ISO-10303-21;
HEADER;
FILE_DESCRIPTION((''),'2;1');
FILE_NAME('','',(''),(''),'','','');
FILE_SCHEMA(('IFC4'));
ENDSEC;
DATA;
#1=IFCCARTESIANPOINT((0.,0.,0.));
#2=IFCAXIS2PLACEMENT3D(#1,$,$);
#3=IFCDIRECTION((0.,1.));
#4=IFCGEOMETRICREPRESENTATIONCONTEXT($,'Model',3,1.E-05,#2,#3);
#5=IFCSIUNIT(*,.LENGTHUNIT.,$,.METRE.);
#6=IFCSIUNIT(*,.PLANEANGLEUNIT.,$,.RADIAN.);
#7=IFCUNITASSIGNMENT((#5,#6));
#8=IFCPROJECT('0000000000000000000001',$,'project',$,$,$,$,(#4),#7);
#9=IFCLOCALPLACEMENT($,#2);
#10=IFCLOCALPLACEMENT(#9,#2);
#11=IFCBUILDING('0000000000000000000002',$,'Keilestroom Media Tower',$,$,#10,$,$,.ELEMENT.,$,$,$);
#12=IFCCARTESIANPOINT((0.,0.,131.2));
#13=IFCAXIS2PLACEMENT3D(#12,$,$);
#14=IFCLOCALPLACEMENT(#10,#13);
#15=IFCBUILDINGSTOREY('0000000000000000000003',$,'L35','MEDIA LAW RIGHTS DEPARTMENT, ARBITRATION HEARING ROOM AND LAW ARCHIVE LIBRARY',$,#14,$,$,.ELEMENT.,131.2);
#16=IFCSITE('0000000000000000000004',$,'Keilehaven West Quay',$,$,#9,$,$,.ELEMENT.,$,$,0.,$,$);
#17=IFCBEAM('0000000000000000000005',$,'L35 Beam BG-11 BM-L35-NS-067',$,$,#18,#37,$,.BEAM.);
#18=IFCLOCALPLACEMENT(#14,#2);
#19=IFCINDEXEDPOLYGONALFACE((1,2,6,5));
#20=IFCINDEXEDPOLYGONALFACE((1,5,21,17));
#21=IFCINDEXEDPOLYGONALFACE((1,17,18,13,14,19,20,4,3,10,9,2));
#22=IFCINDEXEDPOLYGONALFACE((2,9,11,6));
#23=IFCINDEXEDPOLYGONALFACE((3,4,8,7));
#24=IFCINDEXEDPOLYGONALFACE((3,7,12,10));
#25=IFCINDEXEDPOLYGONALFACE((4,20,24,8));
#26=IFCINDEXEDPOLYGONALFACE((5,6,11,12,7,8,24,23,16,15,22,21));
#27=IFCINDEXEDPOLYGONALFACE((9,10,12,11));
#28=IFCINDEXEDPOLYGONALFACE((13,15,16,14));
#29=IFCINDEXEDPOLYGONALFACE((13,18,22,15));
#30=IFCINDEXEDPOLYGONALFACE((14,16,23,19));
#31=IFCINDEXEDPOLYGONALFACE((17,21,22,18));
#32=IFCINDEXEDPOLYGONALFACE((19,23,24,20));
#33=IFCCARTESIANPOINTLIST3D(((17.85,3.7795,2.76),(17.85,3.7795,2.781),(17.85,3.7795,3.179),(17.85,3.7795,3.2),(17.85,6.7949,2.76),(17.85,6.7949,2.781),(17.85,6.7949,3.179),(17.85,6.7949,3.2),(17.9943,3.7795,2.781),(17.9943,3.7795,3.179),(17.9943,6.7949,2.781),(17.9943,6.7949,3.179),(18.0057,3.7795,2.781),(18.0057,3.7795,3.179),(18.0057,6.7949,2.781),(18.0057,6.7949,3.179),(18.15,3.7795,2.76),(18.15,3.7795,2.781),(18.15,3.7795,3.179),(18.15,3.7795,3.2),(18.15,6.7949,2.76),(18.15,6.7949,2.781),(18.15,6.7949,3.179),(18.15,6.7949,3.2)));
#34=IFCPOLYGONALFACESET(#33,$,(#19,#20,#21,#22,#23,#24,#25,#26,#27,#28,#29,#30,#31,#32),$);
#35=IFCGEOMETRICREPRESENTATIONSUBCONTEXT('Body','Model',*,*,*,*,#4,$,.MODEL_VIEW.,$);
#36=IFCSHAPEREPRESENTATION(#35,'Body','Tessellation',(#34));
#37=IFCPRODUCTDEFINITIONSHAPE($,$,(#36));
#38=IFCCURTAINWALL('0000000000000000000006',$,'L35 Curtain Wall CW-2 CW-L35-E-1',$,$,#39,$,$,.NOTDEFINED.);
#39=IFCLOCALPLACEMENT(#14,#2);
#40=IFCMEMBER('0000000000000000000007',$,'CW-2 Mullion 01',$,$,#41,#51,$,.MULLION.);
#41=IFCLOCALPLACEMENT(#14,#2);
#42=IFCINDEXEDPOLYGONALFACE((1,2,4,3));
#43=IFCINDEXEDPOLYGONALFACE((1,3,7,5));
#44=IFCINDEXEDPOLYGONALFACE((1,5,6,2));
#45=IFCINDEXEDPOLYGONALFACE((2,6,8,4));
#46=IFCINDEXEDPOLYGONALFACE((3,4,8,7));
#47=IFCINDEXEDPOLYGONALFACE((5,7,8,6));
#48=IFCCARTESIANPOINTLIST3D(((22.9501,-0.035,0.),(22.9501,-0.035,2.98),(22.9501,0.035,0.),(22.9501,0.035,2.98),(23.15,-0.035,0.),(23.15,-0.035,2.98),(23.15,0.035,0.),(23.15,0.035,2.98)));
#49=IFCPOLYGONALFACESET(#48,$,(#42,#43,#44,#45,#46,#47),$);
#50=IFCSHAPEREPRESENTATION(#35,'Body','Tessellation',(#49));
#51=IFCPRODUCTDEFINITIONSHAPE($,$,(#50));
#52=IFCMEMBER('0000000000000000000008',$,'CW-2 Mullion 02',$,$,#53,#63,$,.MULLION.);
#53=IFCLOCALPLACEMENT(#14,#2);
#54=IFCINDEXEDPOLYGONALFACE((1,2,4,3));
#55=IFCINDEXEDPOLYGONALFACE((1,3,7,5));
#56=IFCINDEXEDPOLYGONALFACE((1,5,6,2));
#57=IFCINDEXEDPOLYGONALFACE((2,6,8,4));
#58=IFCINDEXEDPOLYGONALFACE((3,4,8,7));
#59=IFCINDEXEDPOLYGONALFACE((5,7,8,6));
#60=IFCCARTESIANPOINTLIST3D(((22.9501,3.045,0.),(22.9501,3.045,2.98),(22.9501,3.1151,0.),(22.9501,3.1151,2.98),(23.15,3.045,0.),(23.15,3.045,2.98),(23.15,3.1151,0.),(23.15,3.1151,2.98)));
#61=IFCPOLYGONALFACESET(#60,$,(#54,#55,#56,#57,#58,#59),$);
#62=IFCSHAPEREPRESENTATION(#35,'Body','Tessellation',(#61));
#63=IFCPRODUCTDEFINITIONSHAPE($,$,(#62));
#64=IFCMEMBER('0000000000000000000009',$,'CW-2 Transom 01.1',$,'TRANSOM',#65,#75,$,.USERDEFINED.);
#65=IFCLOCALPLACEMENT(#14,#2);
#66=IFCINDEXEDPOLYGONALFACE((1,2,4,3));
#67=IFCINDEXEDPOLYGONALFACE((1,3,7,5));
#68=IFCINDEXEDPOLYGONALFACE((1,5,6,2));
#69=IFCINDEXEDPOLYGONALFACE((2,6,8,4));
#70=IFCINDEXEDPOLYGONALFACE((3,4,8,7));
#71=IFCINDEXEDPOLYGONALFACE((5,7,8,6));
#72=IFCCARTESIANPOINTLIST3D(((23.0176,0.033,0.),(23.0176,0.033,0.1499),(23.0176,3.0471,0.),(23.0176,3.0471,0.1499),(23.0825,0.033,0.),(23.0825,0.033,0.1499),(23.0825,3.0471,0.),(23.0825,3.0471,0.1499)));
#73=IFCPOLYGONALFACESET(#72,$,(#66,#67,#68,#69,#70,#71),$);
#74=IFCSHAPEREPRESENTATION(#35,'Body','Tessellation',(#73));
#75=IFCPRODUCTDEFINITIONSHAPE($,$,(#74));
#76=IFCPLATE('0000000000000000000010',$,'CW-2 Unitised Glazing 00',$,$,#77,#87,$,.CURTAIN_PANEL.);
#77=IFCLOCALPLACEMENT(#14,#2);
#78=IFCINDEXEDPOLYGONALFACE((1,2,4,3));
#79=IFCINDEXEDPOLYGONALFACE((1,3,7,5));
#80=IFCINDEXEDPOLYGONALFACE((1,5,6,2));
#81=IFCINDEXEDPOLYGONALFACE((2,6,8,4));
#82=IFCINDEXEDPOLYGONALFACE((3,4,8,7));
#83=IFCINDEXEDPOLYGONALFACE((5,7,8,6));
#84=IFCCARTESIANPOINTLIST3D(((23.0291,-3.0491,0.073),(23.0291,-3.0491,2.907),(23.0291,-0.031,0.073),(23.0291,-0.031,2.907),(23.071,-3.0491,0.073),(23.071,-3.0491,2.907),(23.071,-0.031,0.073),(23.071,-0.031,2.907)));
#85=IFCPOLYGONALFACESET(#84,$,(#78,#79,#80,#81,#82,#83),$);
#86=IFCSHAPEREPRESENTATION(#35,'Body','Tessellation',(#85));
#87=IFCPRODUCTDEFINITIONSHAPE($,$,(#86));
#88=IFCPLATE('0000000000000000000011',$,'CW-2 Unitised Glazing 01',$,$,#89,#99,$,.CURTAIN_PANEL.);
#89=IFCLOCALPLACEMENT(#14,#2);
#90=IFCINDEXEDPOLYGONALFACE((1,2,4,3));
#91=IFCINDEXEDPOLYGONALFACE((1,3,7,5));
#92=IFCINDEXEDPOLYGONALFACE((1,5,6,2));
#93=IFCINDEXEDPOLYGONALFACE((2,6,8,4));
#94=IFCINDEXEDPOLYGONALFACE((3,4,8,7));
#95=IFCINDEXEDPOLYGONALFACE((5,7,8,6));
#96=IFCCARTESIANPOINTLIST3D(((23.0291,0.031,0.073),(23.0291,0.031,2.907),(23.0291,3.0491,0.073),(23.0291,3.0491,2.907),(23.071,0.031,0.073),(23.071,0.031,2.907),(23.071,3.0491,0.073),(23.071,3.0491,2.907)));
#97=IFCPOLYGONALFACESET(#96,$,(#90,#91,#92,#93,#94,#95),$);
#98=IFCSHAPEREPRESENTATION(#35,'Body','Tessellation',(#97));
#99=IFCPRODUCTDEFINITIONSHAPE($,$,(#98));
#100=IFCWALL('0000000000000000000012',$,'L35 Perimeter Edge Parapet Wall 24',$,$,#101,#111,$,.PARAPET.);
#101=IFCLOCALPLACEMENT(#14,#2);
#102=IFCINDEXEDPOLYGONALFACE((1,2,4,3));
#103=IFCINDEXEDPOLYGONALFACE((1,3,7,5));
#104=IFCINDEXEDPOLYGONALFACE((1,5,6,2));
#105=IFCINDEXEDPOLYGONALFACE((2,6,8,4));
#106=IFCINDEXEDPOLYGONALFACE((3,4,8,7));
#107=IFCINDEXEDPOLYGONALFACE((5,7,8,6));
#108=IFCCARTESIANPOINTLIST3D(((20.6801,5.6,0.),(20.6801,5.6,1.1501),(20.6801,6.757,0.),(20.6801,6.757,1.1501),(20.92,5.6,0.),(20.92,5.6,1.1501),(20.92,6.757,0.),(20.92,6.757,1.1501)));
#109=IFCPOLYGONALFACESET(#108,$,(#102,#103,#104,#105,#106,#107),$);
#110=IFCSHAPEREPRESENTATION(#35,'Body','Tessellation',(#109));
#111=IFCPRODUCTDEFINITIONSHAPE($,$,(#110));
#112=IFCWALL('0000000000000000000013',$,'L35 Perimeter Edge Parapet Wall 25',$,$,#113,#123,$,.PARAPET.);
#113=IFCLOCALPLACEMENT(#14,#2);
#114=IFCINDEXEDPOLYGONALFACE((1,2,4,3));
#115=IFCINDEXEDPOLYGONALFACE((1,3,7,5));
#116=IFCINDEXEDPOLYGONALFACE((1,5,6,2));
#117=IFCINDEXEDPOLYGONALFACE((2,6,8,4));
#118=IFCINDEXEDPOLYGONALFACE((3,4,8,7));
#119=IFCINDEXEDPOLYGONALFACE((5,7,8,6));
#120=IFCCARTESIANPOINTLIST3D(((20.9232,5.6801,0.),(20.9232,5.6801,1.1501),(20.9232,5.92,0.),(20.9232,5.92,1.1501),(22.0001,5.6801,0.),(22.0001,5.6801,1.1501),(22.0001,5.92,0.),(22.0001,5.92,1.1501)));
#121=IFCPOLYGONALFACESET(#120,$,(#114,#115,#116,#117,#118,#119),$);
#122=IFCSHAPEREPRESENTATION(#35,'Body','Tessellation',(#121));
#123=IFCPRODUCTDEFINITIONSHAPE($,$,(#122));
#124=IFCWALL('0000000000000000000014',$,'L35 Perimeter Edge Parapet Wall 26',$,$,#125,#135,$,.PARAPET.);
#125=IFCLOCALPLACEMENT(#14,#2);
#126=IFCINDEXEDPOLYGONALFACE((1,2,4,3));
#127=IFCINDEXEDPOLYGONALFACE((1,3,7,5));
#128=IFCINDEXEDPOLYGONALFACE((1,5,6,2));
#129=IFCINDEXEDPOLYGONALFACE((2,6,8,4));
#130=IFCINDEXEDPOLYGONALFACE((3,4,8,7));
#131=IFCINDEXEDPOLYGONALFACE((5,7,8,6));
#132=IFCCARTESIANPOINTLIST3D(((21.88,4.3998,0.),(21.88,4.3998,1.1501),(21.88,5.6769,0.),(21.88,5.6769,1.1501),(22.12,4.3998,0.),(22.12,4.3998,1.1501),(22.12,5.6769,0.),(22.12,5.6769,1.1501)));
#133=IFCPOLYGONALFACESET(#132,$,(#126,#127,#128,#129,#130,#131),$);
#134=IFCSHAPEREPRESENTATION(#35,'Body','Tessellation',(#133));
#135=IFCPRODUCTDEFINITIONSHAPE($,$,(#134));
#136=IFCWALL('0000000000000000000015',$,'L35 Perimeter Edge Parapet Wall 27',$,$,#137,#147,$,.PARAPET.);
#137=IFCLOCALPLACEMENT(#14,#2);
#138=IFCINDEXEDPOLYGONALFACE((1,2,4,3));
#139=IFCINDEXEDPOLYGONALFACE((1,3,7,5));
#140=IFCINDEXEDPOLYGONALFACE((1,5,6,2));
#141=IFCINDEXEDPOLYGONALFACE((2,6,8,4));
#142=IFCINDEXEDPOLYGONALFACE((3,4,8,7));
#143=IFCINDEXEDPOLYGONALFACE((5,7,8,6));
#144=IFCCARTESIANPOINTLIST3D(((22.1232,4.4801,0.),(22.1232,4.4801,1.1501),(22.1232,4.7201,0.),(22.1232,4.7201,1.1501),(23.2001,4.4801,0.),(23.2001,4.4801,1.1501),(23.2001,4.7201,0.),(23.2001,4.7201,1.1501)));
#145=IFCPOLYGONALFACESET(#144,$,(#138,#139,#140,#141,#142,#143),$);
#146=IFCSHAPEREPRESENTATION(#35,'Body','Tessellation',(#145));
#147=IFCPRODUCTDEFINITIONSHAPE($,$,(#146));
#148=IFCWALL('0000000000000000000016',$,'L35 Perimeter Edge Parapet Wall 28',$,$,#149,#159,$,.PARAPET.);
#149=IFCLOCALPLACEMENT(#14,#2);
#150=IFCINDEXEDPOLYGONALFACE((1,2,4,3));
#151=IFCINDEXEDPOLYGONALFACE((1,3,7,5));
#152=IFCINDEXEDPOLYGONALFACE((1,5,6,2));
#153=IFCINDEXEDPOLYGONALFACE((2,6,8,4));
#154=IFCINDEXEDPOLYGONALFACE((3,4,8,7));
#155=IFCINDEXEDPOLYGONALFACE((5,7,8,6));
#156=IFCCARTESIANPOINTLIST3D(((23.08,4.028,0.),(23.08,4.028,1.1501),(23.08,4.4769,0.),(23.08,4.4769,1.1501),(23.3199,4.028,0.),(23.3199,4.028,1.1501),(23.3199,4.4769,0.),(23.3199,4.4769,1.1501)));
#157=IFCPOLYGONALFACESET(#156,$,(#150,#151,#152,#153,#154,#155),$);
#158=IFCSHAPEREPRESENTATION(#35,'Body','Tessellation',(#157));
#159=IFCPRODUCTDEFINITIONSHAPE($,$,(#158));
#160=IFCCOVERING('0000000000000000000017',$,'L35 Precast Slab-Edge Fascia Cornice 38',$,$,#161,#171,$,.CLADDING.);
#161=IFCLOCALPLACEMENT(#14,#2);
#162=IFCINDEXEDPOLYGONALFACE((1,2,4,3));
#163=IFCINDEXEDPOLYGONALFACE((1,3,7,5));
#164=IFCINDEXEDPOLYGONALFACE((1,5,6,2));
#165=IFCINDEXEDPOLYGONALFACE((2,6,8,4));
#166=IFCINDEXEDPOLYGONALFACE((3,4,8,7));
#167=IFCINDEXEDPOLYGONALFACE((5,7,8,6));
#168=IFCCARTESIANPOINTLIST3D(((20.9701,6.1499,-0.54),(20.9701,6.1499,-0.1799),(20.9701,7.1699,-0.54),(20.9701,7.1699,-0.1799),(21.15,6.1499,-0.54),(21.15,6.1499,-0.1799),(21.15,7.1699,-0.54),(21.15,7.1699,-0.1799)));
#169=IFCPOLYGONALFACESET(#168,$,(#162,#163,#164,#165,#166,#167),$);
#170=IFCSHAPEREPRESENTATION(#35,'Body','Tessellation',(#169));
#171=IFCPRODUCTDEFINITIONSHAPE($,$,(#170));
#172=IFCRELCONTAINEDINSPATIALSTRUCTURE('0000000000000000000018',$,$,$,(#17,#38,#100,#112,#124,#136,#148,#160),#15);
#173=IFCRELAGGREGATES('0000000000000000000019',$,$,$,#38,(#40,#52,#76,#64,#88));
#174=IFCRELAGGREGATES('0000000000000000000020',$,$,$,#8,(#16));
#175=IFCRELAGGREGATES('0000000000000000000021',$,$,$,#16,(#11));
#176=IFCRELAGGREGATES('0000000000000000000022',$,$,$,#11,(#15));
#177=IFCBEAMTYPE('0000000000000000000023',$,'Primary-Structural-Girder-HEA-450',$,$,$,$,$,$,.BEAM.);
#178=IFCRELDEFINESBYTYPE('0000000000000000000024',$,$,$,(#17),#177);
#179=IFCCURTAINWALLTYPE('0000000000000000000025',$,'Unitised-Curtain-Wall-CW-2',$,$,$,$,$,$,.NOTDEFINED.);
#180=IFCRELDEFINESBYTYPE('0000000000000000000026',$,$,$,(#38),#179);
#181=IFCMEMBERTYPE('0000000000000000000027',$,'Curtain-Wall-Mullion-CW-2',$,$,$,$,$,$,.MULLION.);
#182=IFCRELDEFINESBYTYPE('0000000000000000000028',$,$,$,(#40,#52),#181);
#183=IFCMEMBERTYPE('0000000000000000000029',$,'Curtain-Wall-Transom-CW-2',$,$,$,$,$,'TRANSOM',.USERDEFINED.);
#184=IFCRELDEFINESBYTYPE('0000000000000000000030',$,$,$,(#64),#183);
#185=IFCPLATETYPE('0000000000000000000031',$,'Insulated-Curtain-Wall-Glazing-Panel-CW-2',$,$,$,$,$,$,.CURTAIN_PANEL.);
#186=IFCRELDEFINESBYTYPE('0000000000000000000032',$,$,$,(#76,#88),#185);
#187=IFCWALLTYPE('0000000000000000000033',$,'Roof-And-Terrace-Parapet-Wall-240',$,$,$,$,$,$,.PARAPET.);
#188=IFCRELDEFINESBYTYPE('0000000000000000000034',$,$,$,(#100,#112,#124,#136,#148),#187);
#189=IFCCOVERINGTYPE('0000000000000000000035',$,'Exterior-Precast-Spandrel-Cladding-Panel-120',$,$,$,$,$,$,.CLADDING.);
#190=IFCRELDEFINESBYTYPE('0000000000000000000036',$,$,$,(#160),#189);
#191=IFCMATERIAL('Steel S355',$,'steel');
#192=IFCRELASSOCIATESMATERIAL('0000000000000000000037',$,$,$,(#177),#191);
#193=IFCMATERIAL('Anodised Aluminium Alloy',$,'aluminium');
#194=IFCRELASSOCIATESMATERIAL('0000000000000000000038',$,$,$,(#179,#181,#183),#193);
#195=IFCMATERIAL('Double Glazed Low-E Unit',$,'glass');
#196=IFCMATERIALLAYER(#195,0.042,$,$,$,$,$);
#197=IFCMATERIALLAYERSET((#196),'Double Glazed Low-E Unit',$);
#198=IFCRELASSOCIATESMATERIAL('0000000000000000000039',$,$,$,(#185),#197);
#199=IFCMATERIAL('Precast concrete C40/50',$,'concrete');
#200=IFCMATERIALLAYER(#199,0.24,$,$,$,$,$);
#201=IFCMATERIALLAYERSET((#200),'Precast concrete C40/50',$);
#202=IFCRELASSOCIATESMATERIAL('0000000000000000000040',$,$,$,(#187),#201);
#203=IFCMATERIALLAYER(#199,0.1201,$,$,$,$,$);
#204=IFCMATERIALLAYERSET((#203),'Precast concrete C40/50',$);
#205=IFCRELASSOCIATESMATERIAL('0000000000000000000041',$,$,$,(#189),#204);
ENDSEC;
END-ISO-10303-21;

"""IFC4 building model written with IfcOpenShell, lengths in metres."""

from ifc_helpers import new_model, si_unit, direction, frame, frame_2d, origin, origin_2d, place, context, subcontext, project, spatial, rectangle, i_section, extrude, source, transform, mapped, material, layer, layer_set, material_profile, profile_set, type_object, element, aggregate, save


model = new_model("IFC4")

# Units and contexts
model_context = context("Model", 3, precision=1e-05, world=origin(), true_north=direction((0.0, 1.0)))
body_context = subcontext(model_context, "Body", "Model", "MODEL_VIEW")
ifc_project = project(units=[si_unit("LENGTHUNIT", "METRE"), si_unit("PLANEANGLEUNIT", "RADIAN")], contexts=[model_context])

# Site, building, storey
site_placement = place(None, origin())
site = spatial("IfcSite", under=ifc_project, at=site_placement, Name="Keilehaven West Quay", CompositionType="ELEMENT", RefElevation=0.0)
building_placement = place(site_placement, origin())
building = spatial("IfcBuilding", under=site, at=building_placement, Name="Keilestroom Media Tower", CompositionType="ELEMENT")
storey_placement = place(building_placement, frame((0.0, 0.0, 131.2)))
storey = spatial("IfcBuildingStorey", under=building, at=storey_placement, Name="L35", Description="MEDIA LAW RIGHTS DEPARTMENT, ARBITRATION HEARING ROOM AND LAW ARCHIVE LIBRARY", CompositionType="ELEMENT", Elevation=131.2)

# Shared definitions
ifc_material_1 = material(Name="Precast concrete C40/50", Category="concrete")
ifc_material_2 = material(Name="Steel S355", Category="steel")

# Beam
ifc_material_profile_1 = material_profile(ifc_material_2, i_section(OverallWidth=0.3, OverallDepth=0.4399, WebThickness=0.0115, FlangeThickness=0.021, at=origin_2d()), Name="HEA 450")
ifc_profile_set_1 = profile_set([ifc_material_profile_1], Name="Steel S355")
beam_type_1 = type_object("IfcBeamType", Name="Primary-Structural-Girder-HEA-450", PredefinedType="BEAM", material=ifc_profile_set_1)
shared_shape_1 = source(origin(), body_context, "Body", "SweptSolid", [
    extrude(i_section(OverallWidth=0.3, OverallDepth=0.4399, WebThickness=0.0115, FlangeThickness=0.021, at=origin_2d()), origin(), (0.0, 0.0, 1.0), 3.0154),
])
beam_1_placement = place(storey_placement, frame((18.0, 3.7795, 2.98), z_axis=(0.0, 1.0, 0.0), x_axis=(-1.0, 0.0, 0.0)))
element("IfcBeam", 1, at=beam_1_placement, inside=storey, type_object=beam_type_1, Name="L35 Beam BG-11 BM-L35-NS-067", PredefinedType="BEAM", context=body_context, shape_type="MappedRepresentation", body=[
    mapped(shared_shape_1, transform((0.0, 0.0, 0.0), x_axis=(1.0, 0.0, 0.0), y_axis=(0.0, 1.0, 0.0), z_axis=(0.0, 0.0, 1.0), scale=1.0)),
])

# Curtain wall, members, plates
ifc_material_3 = material(Name="Anodised Aluminium Alloy", Category="aluminium")
curtain_wall_type = type_object("IfcCurtainWallType", Name="Unitised-Curtain-Wall-CW-2", PredefinedType="NOTDEFINED", material=ifc_material_3)
curtain_wall_placement = place(storey_placement, origin())
curtain_wall = element("IfcCurtainWall", 2, at=curtain_wall_placement, inside=storey, type_object=curtain_wall_type, Name="L35 Curtain Wall CW-2 CW-L35-E-1", PredefinedType="NOTDEFINED")
ifc_material_profile_2 = material_profile(ifc_material_3, rectangle(XDim=0.0701, YDim=0.2, at=origin_2d()), Name="ALU MULLION 70x200")
ifc_profile_set_2 = profile_set([ifc_material_profile_2], Name="Anodised Aluminium Alloy")
member_type_1 = type_object("IfcMemberType", Name="Curtain-Wall-Mullion-CW-2", PredefinedType="MULLION", material=ifc_profile_set_2)
shared_shape_2 = source(origin(), body_context, "Body", "SweptSolid", [
    extrude(rectangle(XDim=0.0701, YDim=0.2, at=origin_2d()), origin(), (0.0, 0.0, 1.0), 2.98),
])
member_1_placement = place(storey_placement, frame((23.05, 0.0, 0.0), z_axis=(0.0, 0.0, 1.0), x_axis=(0.0, 1.0, 0.0)))
member_1 = element("IfcMember", 3, at=member_1_placement, type_object=member_type_1, Name="CW-2 Mullion 01", PredefinedType="MULLION", context=body_context, shape_type="MappedRepresentation", body=[
    mapped(shared_shape_2, transform((0.0, 0.0, 0.0), x_axis=(1.0, 0.0, 0.0), y_axis=(0.0, 1.0, 0.0), z_axis=(0.0, 0.0, 1.0), scale=1.0)),
])
member_2_placement = place(storey_placement, frame((23.05, 3.0801, 0.0), z_axis=(0.0, 0.0, 1.0), x_axis=(0.0, 1.0, 0.0)))
member_2 = element("IfcMember", 4, at=member_2_placement, type_object=member_type_1, Name="CW-2 Mullion 02", PredefinedType="MULLION", context=body_context, shape_type="MappedRepresentation", body=[
    mapped(shared_shape_2, transform((0.0, 0.0, 0.0), x_axis=(1.0, 0.0, 0.0), y_axis=(0.0, 1.0, 0.0), z_axis=(0.0, 0.0, 1.0), scale=1.0)),
])
ifc_material_profile_3 = material_profile(ifc_material_3, rectangle(XDim=0.0649, YDim=0.1499, at=origin_2d()), Name="ALU TRANSOM 65x150")
ifc_profile_set_3 = profile_set([ifc_material_profile_3], Name="Anodised Aluminium Alloy")
member_type_2 = type_object("IfcMemberType", Name="Curtain-Wall-Transom-CW-2", ElementType="TRANSOM", PredefinedType="USERDEFINED", material=ifc_profile_set_3)
shared_shape_3 = source(origin(), body_context, "Body", "SweptSolid", [
    extrude(rectangle(XDim=0.0649, YDim=0.1499, at=origin_2d()), origin(), (0.0, 0.0, 1.0), 3.0142),
])
member_3_placement = place(storey_placement, frame((23.05, 0.033, 0.075), z_axis=(0.0, 1.0, 0.0), x_axis=(-1.0, 0.0, 0.0)))
member_3 = element("IfcMember", 5, at=member_3_placement, type_object=member_type_2, Name="CW-2 Transom 01.1", ObjectType="TRANSOM", PredefinedType="USERDEFINED", context=body_context, shape_type="MappedRepresentation", body=[
    mapped(shared_shape_3, transform((0.0, 0.0, 0.0), x_axis=(1.0, 0.0, 0.0), y_axis=(0.0, 1.0, 0.0), z_axis=(0.0, 0.0, 1.0), scale=1.0)),
])
ifc_material_4 = material(Name="Double Glazed Low-E Unit", Category="glass")
ifc_layer_1 = layer(ifc_material_4, 0.042)
ifc_layer_set_1 = layer_set([ifc_layer_1], Name="Double Glazed Low-E Unit")
plate_type = type_object("IfcPlateType", Name="Insulated-Curtain-Wall-Glazing-Panel-CW-2", PredefinedType="CURTAIN_PANEL", material=ifc_layer_set_1)
shared_shape_4 = source(origin(), body_context, "Body", "SweptSolid", [
    extrude(rectangle(XDim=3.0181, YDim=0.042, at=origin_2d()), origin(), (0.0, 0.0, 1.0), 2.834),
])
plate_1_placement = place(storey_placement, frame((23.05, -1.54, 0.073), z_axis=(0.0, 0.0, 1.0), x_axis=(0.0, 1.0, 0.0)))
plate_1 = element("IfcPlate", 6, at=plate_1_placement, type_object=plate_type, Name="CW-2 Unitised Glazing 00", PredefinedType="CURTAIN_PANEL", context=body_context, shape_type="MappedRepresentation", body=[
    mapped(shared_shape_4, transform((0.0, 0.0, 0.0), x_axis=(1.0, 0.0, 0.0), y_axis=(0.0, 1.0, 0.0), z_axis=(0.0, 0.0, 1.0), scale=1.0)),
])
plate_2_placement = place(storey_placement, frame((23.05, 1.54, 0.073), z_axis=(0.0, 0.0, 1.0), x_axis=(0.0, 1.0, 0.0)))
plate_2 = element("IfcPlate", 7, at=plate_2_placement, type_object=plate_type, Name="CW-2 Unitised Glazing 01", PredefinedType="CURTAIN_PANEL", context=body_context, shape_type="MappedRepresentation", body=[
    mapped(shared_shape_4, transform((0.0, 0.0, 0.0), x_axis=(1.0, 0.0, 0.0), y_axis=(0.0, 1.0, 0.0), z_axis=(0.0, 0.0, 1.0), scale=1.0)),
])
aggregate(curtain_wall, [member_1, member_2, plate_1, member_3, plate_2])

# Walls
ifc_layer_2 = layer(ifc_material_1, 0.24)
ifc_layer_set_2 = layer_set([ifc_layer_2], Name="Precast concrete C40/50")
wall_type = type_object("IfcWallType", Name="Roof-And-Terrace-Parapet-Wall-240", PredefinedType="PARAPET", material=ifc_layer_set_2)
wall_1_placement = place(storey_placement, frame((20.8, 6.7571, 0.0), z_axis=(0.0, 0.0, 1.0), x_axis=(0.0, -1.0, 0.0)))
element("IfcWall", 8, at=wall_1_placement, inside=storey, type_object=wall_type, Name="L35 Perimeter Edge Parapet Wall 24", PredefinedType="PARAPET", context=body_context, shape_type="SweptSolid", body=[
    extrude(rectangle(XDim=1.157, YDim=0.24, at=frame_2d((0.5786, 0.0))), origin(), (0.0, 0.0, 1.0), 1.1501),
])
wall_2_placement = place(storey_placement, frame((20.9231, 5.8, 0.0), z_axis=(0.0, 0.0, 1.0), x_axis=(1.0, 0.0, 0.0)))
element("IfcWall", 9, at=wall_2_placement, inside=storey, type_object=wall_type, Name="L35 Perimeter Edge Parapet Wall 25", PredefinedType="PARAPET", context=body_context, shape_type="SweptSolid", body=[
    extrude(rectangle(XDim=1.0769, YDim=0.24, at=frame_2d((0.5386, 0.0))), origin(), (0.0, 0.0, 1.0), 1.1501),
])
wall_3_placement = place(storey_placement, frame((22.0, 5.677, 0.0), z_axis=(0.0, 0.0, 1.0), x_axis=(0.0, -1.0, 0.0)))
element("IfcWall", 10, at=wall_3_placement, inside=storey, type_object=wall_type, Name="L35 Perimeter Edge Parapet Wall 26", PredefinedType="PARAPET", context=body_context, shape_type="SweptSolid", body=[
    extrude(rectangle(XDim=1.2771, YDim=0.24, at=frame_2d((0.6387, 0.0))), origin(), (0.0, 0.0, 1.0), 1.1501),
])
wall_4_placement = place(storey_placement, frame((22.123, 4.6001, 0.0), z_axis=(0.0, 0.0, 1.0), x_axis=(1.0, 0.0, 0.0)))
element("IfcWall", 11, at=wall_4_placement, inside=storey, type_object=wall_type, Name="L35 Perimeter Edge Parapet Wall 27", PredefinedType="PARAPET", context=body_context, shape_type="SweptSolid", body=[
    extrude(rectangle(XDim=1.0769, YDim=0.24, at=frame_2d((0.5386, 0.0))), origin(), (0.0, 0.0, 1.0), 1.1501),
])
wall_5_placement = place(storey_placement, frame((23.2, 4.4771, 0.0), z_axis=(0.0, 0.0, 1.0), x_axis=(0.0, -1.0, 0.0)))
element("IfcWall", 12, at=wall_5_placement, inside=storey, type_object=wall_type, Name="L35 Perimeter Edge Parapet Wall 28", PredefinedType="PARAPET", context=body_context, shape_type="SweptSolid", body=[
    extrude(rectangle(XDim=0.449, YDim=0.24, at=frame_2d((0.2246, 0.0))), origin(), (0.0, 0.0, 1.0), 1.1501),
])

# Covering
ifc_layer_3 = layer(ifc_material_1, 0.1201)
ifc_layer_set_3 = layer_set([ifc_layer_3], Name="Precast concrete C40/50")
covering_type = type_object("IfcCoveringType", Name="Exterior-Precast-Spandrel-Cladding-Panel-120", PredefinedType="CLADDING", material=ifc_layer_set_3)
shared_shape_5 = source(origin(), body_context, "Body", "SweptSolid", [
    extrude(rectangle(XDim=1.02, YDim=0.1799, at=origin_2d()), origin(), (0.0, 0.0, 1.0), 0.3601),
])
for number, where, z_axis, x_axis, name in (
    (13, (21.0601, 6.6599, -0.54), (0.0, 0.0, 1.0), (0.0, -1.0, 0.0), "L35 Precast Slab-Edge Fascia Cornice 38"),
):
    element("IfcCovering", number, at=place(storey_placement, frame(where, z_axis=z_axis, x_axis=x_axis)), inside=storey, type_object=covering_type, Name=name, PredefinedType="CLADDING", context=body_context, shape_type="MappedRepresentation", body=[
        mapped(shared_shape_5, transform((0.0, 0.0, 0.0), x_axis=(1.0, 0.0, 0.0), y_axis=(0.0, 1.0, 0.0), z_axis=(0.0, 0.0, 1.0), scale=1.0)),
    ])

save(model, "model.ifc")
